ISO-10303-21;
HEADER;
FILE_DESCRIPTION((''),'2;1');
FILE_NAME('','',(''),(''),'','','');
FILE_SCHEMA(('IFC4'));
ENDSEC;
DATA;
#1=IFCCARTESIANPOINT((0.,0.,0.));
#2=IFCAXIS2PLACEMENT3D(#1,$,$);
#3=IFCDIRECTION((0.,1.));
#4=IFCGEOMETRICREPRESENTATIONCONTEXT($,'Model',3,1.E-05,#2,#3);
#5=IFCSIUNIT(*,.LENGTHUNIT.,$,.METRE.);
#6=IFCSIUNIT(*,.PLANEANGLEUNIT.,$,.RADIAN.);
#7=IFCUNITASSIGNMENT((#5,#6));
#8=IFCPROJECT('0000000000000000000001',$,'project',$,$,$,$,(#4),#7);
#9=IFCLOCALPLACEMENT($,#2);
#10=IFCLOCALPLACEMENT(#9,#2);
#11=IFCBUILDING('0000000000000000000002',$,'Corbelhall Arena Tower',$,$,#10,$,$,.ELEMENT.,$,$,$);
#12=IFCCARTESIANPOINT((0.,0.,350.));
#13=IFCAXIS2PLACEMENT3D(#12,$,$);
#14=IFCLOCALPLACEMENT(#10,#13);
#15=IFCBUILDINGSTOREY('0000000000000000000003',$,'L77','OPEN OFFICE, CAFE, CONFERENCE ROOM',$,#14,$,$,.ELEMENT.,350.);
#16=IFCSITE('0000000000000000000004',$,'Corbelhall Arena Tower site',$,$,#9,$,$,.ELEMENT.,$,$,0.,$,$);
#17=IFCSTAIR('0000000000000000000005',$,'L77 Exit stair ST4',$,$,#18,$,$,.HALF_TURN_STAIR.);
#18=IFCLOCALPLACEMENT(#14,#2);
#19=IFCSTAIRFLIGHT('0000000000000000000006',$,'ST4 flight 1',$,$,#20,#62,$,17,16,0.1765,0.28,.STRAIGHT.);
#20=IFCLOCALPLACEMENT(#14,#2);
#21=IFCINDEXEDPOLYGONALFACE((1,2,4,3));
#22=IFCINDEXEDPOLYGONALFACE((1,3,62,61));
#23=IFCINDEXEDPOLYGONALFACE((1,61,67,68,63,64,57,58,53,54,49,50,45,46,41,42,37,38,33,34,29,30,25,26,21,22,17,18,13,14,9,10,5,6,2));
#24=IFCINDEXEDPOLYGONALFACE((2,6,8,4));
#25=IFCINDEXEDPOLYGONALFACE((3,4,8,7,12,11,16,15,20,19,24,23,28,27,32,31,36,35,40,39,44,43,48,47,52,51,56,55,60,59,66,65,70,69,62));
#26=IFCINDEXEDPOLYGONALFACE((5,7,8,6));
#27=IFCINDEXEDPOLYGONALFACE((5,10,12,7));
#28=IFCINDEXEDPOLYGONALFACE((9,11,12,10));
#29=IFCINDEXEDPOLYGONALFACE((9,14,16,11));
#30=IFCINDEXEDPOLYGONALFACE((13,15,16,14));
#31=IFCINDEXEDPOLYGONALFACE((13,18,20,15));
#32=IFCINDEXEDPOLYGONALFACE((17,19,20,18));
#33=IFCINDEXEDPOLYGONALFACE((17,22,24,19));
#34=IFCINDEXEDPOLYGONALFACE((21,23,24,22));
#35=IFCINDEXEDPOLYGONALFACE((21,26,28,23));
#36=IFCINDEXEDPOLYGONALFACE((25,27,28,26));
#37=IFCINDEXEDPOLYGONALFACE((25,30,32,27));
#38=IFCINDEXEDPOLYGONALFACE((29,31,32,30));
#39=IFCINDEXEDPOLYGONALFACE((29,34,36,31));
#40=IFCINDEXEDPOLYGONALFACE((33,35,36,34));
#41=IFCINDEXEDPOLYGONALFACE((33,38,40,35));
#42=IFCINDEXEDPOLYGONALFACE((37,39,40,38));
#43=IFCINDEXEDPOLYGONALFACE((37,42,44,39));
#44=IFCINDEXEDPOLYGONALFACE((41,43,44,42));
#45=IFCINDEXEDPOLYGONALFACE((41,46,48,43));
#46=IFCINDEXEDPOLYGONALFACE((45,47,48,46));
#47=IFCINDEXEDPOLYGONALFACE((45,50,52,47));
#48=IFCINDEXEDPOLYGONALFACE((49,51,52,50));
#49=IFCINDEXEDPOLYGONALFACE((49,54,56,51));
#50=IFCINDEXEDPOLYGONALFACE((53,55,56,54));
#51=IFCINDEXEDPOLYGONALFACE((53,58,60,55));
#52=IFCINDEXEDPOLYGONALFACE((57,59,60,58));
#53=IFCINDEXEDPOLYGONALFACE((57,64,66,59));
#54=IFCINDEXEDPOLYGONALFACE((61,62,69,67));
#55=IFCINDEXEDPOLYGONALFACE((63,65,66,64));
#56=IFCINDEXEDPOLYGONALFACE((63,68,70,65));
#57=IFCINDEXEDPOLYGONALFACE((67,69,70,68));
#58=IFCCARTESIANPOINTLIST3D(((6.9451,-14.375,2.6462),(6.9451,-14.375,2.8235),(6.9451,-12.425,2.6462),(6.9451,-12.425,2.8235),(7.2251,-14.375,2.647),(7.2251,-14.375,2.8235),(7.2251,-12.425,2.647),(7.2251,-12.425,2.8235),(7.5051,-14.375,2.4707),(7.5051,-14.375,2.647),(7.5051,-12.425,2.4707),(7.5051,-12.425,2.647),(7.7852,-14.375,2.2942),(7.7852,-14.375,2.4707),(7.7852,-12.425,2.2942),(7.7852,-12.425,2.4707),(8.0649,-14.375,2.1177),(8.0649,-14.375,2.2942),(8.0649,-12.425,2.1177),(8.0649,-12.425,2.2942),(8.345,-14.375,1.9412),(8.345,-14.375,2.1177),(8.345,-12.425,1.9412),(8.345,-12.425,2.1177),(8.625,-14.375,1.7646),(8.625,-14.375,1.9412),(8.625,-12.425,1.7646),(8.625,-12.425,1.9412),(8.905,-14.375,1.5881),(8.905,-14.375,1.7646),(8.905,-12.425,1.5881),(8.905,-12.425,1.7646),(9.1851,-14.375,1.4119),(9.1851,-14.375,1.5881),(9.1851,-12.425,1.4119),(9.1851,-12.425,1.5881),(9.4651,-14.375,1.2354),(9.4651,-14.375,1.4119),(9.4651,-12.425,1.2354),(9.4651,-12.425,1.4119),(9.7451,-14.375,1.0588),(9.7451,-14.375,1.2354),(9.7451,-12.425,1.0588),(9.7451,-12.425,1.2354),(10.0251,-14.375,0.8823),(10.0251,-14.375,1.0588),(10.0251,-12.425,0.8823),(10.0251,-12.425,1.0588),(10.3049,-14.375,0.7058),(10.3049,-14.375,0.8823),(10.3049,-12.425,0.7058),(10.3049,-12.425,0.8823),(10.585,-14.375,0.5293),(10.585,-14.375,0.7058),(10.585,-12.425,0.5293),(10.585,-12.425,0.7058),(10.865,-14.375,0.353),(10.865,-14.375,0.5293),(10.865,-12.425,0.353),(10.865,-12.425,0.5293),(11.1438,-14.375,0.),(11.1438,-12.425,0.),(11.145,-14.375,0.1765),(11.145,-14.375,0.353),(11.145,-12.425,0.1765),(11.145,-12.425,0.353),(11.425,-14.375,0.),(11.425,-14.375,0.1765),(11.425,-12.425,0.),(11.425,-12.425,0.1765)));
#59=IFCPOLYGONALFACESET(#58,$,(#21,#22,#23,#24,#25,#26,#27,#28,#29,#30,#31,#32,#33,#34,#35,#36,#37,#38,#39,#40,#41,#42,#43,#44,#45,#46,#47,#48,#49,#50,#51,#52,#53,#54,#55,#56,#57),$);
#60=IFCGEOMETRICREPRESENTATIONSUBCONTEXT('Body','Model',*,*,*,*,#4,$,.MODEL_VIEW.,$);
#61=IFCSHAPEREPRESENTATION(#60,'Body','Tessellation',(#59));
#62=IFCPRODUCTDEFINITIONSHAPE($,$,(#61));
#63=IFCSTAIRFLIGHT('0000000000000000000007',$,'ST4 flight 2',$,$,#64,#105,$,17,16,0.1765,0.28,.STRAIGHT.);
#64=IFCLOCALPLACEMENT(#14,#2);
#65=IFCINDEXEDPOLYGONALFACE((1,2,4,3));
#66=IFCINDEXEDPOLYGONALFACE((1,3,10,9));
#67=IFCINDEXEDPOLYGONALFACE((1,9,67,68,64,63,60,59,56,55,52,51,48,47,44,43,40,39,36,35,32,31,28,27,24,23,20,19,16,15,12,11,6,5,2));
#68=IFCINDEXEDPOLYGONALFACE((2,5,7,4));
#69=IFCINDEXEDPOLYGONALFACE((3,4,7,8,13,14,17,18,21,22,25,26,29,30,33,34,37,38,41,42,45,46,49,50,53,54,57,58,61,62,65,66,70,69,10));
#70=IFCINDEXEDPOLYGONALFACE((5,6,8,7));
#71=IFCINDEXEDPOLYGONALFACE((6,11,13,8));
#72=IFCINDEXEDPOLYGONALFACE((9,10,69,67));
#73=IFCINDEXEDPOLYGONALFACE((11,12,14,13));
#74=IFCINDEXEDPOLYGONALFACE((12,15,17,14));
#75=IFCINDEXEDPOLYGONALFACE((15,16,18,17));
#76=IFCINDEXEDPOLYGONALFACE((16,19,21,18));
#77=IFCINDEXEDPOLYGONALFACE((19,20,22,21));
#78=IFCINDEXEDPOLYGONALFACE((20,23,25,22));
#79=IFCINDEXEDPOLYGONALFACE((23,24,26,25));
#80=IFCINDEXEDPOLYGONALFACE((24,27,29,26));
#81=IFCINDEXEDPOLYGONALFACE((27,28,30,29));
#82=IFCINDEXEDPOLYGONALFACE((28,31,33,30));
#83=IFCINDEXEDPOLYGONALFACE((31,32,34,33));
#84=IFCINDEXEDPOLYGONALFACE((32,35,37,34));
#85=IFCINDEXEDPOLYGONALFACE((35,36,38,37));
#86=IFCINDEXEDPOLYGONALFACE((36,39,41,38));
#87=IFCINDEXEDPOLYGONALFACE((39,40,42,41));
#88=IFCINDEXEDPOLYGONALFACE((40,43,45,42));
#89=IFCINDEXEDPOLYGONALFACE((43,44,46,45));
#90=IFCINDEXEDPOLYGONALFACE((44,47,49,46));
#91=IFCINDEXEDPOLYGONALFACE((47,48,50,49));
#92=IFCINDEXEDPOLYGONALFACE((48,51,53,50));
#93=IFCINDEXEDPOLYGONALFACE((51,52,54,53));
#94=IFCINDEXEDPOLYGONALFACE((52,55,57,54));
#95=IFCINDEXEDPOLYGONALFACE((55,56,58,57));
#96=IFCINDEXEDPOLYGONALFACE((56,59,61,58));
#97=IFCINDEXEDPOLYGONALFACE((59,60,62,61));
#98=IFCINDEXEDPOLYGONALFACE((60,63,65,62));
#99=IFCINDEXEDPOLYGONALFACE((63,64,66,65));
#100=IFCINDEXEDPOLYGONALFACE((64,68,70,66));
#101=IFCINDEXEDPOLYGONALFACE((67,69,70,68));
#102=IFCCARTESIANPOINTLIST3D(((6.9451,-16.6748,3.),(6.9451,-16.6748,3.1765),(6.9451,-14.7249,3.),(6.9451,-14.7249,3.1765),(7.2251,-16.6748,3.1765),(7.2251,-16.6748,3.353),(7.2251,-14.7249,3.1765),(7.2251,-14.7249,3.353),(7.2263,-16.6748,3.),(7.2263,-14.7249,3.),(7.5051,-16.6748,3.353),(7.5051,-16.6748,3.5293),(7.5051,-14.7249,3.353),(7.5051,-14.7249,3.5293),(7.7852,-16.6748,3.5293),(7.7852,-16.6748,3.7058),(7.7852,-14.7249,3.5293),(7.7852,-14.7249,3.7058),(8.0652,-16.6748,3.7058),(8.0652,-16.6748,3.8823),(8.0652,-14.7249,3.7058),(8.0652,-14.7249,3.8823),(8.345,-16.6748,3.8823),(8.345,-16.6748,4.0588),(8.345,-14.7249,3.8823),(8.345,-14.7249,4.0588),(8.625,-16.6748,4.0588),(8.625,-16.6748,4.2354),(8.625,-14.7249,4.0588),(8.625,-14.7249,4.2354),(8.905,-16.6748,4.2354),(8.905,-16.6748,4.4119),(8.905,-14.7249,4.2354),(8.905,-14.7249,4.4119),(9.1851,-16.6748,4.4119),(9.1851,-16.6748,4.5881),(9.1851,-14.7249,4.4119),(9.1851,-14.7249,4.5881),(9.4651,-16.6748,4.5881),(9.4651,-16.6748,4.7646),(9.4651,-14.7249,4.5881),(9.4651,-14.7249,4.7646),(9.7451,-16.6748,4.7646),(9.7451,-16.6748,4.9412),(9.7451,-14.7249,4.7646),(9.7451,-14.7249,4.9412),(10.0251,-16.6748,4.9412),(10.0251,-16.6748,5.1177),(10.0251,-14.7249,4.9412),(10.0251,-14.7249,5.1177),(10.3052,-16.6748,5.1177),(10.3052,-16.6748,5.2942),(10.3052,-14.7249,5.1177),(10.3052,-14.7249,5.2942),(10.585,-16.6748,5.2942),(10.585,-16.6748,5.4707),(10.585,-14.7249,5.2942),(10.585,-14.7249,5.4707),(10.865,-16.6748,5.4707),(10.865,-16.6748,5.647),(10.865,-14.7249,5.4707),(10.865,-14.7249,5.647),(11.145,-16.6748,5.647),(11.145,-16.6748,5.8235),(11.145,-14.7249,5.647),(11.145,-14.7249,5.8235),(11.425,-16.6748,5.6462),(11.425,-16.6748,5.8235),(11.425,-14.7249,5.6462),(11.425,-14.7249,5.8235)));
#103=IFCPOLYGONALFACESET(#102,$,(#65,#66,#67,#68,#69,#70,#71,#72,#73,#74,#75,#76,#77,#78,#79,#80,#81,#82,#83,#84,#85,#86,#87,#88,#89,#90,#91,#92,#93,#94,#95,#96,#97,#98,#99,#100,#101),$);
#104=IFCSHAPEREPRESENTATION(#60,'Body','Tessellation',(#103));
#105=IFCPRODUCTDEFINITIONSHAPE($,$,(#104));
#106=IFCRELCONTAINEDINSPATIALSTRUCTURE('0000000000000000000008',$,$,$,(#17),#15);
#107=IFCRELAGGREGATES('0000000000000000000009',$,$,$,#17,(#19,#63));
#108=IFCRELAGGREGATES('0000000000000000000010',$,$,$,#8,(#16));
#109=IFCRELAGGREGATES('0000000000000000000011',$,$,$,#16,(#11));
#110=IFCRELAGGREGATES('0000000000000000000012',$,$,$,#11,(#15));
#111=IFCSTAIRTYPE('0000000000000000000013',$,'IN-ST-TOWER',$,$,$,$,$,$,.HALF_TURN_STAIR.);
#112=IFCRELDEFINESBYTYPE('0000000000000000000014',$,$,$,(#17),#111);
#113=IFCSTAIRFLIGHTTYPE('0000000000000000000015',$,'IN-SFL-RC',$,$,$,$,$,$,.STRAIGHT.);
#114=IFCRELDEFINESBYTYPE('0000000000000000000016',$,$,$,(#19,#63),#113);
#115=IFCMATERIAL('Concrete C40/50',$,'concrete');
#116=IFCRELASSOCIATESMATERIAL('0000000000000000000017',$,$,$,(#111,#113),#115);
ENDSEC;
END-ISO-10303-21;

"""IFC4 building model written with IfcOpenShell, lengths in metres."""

from ifc_helpers import new_model, si_unit, direction, frame, origin, place, context, subcontext, project, spatial, polyline, outline, extrude, material, type_object, element, aggregate, save


model = new_model("IFC4")

# Units and contexts
model_context = context("Model", 3, precision=1e-05, world=origin(), true_north=direction((0.0, 1.0)))
body_context = subcontext(model_context, "Body", "Model", "MODEL_VIEW")
ifc_project = project(units=[si_unit("LENGTHUNIT", "METRE"), si_unit("PLANEANGLEUNIT", "RADIAN")], contexts=[model_context])

# Site, building, storey
site_placement = place(None, origin())
site = spatial("IfcSite", under=ifc_project, at=site_placement, Name="Corbelhall Arena Tower site", CompositionType="ELEMENT", RefElevation=0.0)
building_placement = place(site_placement, origin())
building = spatial("IfcBuilding", under=site, at=building_placement, Name="Corbelhall Arena Tower", CompositionType="ELEMENT")
storey_placement = place(building_placement, frame((0.0, 0.0, 350.0)))
storey = spatial("IfcBuildingStorey", under=building, at=storey_placement, Name="L77", Description="OPEN OFFICE, CAFE, CONFERENCE ROOM", CompositionType="ELEMENT", Elevation=350.0)

# Shared definitions
ifc_material_1 = material(Name="Concrete C40/50", Category="concrete")

# Stair, stair flights
stair_type = type_object("IfcStairType", Name="IN-ST-TOWER", PredefinedType="HALF_TURN_STAIR", material=ifc_material_1)
stair_placement = place(storey_placement, origin())
stair = element("IfcStair", 1, at=stair_placement, inside=storey, type_object=stair_type, Name="L77 Exit stair ST4", PredefinedType="HALF_TURN_STAIR")
stair_flight_type = type_object("IfcStairFlightType", Name="IN-SFL-RC", PredefinedType="STRAIGHT", material=ifc_material_1)
stair_flight_1_placement = place(storey_placement, frame((11.425, -13.3999, 0.0), z_axis=(0.0, 0.0, 1.0), x_axis=(-1.0, 0.0, 0.0)))
stair_flight_1 = element("IfcStairFlight", 2, at=stair_flight_1_placement, type_object=stair_flight_type, Name="ST4 flight 1", NumberOfRisers=17, NumberOfTreads=16, PredefinedType="STRAIGHT", RiserHeight=0.1765, TreadLength=0.28, context=body_context, shape_type="SweptSolid", body=[
    extrude(outline(polyline([(0.0, 0.0), (0.0, 0.1765), (0.28, 0.1765), (0.28, 0.353), (0.5601, 0.353), (0.5601, 0.5293), (0.8401, 0.5293), (0.8401, 0.7058), (1.1201, 0.7058), (1.1201, 0.8823), (1.3999, 0.8823), (1.3999, 1.0588), (1.6799, 1.0588), (1.6799, 1.2354), (1.96, 1.2354), (1.96, 1.4119), (2.24, 1.4119), (2.24, 1.5881), (2.52, 1.5881), (2.52, 1.7646), (2.8, 1.7646), (2.8, 1.9412), (3.0801, 1.9412), (3.0801, 2.1177), (3.3601, 2.1177), (3.3601, 2.2942), (3.6399, 2.2942), (3.6399, 2.4707), (3.9199, 2.4707), (3.9199, 2.647), (4.2, 2.647), (4.2, 2.8235), (4.48, 2.8235), (4.48, 3.0), (4.48, 2.6462), (0.2812, 0.0), (0.0, 0.0)])), frame((0.0, 0.9751, 0.0), z_axis=(0.0, -1.0, 0.0), x_axis=(1.0, 0.0, 0.0)), (0.0, 0.0, 1.0), 1.95),
])
stair_flight_2_placement = place(storey_placement, frame((6.9451, -15.7, 3.0), z_axis=(0.0, 0.0, 1.0), x_axis=(1.0, 0.0, 0.0)))
stair_flight_2 = element("IfcStairFlight", 3, at=stair_flight_2_placement, type_object=stair_flight_type, Name="ST4 flight 2", NumberOfRisers=17, NumberOfTreads=16, PredefinedType="STRAIGHT", RiserHeight=0.1765, TreadLength=0.28, context=body_context, shape_type="SweptSolid", body=[
    extrude(outline(polyline([(0.0, 0.0), (0.0, 0.1765), (0.28, 0.1765), (0.28, 0.353), (0.5601, 0.353), (0.5601, 0.5293), (0.8401, 0.5293), (0.8401, 0.7058), (1.1201, 0.7058), (1.1201, 0.8823), (1.3999, 0.8823), (1.3999, 1.0588), (1.6799, 1.0588), (1.6799, 1.2354), (1.96, 1.2354), (1.96, 1.4119), (2.24, 1.4119), (2.24, 1.5881), (2.52, 1.5881), (2.52, 1.7646), (2.8, 1.7646), (2.8, 1.9412), (3.0801, 1.9412), (3.0801, 2.1177), (3.3601, 2.1177), (3.3601, 2.2942), (3.6399, 2.2942), (3.6399, 2.4707), (3.9199, 2.4707), (3.9199, 2.647), (4.2, 2.647), (4.2, 2.8235), (4.48, 2.8235), (4.48, 3.0), (4.48, 2.6462), (0.2812, 0.0), (0.0, 0.0)])), frame((0.0, 0.9751, 0.0), z_axis=(0.0, -1.0, 0.0), x_axis=(1.0, 0.0, 0.0)), (0.0, 0.0, 1.0), 1.95),
])
aggregate(stair, [stair_flight_1, stair_flight_2])

save(model, "model.ifc")
